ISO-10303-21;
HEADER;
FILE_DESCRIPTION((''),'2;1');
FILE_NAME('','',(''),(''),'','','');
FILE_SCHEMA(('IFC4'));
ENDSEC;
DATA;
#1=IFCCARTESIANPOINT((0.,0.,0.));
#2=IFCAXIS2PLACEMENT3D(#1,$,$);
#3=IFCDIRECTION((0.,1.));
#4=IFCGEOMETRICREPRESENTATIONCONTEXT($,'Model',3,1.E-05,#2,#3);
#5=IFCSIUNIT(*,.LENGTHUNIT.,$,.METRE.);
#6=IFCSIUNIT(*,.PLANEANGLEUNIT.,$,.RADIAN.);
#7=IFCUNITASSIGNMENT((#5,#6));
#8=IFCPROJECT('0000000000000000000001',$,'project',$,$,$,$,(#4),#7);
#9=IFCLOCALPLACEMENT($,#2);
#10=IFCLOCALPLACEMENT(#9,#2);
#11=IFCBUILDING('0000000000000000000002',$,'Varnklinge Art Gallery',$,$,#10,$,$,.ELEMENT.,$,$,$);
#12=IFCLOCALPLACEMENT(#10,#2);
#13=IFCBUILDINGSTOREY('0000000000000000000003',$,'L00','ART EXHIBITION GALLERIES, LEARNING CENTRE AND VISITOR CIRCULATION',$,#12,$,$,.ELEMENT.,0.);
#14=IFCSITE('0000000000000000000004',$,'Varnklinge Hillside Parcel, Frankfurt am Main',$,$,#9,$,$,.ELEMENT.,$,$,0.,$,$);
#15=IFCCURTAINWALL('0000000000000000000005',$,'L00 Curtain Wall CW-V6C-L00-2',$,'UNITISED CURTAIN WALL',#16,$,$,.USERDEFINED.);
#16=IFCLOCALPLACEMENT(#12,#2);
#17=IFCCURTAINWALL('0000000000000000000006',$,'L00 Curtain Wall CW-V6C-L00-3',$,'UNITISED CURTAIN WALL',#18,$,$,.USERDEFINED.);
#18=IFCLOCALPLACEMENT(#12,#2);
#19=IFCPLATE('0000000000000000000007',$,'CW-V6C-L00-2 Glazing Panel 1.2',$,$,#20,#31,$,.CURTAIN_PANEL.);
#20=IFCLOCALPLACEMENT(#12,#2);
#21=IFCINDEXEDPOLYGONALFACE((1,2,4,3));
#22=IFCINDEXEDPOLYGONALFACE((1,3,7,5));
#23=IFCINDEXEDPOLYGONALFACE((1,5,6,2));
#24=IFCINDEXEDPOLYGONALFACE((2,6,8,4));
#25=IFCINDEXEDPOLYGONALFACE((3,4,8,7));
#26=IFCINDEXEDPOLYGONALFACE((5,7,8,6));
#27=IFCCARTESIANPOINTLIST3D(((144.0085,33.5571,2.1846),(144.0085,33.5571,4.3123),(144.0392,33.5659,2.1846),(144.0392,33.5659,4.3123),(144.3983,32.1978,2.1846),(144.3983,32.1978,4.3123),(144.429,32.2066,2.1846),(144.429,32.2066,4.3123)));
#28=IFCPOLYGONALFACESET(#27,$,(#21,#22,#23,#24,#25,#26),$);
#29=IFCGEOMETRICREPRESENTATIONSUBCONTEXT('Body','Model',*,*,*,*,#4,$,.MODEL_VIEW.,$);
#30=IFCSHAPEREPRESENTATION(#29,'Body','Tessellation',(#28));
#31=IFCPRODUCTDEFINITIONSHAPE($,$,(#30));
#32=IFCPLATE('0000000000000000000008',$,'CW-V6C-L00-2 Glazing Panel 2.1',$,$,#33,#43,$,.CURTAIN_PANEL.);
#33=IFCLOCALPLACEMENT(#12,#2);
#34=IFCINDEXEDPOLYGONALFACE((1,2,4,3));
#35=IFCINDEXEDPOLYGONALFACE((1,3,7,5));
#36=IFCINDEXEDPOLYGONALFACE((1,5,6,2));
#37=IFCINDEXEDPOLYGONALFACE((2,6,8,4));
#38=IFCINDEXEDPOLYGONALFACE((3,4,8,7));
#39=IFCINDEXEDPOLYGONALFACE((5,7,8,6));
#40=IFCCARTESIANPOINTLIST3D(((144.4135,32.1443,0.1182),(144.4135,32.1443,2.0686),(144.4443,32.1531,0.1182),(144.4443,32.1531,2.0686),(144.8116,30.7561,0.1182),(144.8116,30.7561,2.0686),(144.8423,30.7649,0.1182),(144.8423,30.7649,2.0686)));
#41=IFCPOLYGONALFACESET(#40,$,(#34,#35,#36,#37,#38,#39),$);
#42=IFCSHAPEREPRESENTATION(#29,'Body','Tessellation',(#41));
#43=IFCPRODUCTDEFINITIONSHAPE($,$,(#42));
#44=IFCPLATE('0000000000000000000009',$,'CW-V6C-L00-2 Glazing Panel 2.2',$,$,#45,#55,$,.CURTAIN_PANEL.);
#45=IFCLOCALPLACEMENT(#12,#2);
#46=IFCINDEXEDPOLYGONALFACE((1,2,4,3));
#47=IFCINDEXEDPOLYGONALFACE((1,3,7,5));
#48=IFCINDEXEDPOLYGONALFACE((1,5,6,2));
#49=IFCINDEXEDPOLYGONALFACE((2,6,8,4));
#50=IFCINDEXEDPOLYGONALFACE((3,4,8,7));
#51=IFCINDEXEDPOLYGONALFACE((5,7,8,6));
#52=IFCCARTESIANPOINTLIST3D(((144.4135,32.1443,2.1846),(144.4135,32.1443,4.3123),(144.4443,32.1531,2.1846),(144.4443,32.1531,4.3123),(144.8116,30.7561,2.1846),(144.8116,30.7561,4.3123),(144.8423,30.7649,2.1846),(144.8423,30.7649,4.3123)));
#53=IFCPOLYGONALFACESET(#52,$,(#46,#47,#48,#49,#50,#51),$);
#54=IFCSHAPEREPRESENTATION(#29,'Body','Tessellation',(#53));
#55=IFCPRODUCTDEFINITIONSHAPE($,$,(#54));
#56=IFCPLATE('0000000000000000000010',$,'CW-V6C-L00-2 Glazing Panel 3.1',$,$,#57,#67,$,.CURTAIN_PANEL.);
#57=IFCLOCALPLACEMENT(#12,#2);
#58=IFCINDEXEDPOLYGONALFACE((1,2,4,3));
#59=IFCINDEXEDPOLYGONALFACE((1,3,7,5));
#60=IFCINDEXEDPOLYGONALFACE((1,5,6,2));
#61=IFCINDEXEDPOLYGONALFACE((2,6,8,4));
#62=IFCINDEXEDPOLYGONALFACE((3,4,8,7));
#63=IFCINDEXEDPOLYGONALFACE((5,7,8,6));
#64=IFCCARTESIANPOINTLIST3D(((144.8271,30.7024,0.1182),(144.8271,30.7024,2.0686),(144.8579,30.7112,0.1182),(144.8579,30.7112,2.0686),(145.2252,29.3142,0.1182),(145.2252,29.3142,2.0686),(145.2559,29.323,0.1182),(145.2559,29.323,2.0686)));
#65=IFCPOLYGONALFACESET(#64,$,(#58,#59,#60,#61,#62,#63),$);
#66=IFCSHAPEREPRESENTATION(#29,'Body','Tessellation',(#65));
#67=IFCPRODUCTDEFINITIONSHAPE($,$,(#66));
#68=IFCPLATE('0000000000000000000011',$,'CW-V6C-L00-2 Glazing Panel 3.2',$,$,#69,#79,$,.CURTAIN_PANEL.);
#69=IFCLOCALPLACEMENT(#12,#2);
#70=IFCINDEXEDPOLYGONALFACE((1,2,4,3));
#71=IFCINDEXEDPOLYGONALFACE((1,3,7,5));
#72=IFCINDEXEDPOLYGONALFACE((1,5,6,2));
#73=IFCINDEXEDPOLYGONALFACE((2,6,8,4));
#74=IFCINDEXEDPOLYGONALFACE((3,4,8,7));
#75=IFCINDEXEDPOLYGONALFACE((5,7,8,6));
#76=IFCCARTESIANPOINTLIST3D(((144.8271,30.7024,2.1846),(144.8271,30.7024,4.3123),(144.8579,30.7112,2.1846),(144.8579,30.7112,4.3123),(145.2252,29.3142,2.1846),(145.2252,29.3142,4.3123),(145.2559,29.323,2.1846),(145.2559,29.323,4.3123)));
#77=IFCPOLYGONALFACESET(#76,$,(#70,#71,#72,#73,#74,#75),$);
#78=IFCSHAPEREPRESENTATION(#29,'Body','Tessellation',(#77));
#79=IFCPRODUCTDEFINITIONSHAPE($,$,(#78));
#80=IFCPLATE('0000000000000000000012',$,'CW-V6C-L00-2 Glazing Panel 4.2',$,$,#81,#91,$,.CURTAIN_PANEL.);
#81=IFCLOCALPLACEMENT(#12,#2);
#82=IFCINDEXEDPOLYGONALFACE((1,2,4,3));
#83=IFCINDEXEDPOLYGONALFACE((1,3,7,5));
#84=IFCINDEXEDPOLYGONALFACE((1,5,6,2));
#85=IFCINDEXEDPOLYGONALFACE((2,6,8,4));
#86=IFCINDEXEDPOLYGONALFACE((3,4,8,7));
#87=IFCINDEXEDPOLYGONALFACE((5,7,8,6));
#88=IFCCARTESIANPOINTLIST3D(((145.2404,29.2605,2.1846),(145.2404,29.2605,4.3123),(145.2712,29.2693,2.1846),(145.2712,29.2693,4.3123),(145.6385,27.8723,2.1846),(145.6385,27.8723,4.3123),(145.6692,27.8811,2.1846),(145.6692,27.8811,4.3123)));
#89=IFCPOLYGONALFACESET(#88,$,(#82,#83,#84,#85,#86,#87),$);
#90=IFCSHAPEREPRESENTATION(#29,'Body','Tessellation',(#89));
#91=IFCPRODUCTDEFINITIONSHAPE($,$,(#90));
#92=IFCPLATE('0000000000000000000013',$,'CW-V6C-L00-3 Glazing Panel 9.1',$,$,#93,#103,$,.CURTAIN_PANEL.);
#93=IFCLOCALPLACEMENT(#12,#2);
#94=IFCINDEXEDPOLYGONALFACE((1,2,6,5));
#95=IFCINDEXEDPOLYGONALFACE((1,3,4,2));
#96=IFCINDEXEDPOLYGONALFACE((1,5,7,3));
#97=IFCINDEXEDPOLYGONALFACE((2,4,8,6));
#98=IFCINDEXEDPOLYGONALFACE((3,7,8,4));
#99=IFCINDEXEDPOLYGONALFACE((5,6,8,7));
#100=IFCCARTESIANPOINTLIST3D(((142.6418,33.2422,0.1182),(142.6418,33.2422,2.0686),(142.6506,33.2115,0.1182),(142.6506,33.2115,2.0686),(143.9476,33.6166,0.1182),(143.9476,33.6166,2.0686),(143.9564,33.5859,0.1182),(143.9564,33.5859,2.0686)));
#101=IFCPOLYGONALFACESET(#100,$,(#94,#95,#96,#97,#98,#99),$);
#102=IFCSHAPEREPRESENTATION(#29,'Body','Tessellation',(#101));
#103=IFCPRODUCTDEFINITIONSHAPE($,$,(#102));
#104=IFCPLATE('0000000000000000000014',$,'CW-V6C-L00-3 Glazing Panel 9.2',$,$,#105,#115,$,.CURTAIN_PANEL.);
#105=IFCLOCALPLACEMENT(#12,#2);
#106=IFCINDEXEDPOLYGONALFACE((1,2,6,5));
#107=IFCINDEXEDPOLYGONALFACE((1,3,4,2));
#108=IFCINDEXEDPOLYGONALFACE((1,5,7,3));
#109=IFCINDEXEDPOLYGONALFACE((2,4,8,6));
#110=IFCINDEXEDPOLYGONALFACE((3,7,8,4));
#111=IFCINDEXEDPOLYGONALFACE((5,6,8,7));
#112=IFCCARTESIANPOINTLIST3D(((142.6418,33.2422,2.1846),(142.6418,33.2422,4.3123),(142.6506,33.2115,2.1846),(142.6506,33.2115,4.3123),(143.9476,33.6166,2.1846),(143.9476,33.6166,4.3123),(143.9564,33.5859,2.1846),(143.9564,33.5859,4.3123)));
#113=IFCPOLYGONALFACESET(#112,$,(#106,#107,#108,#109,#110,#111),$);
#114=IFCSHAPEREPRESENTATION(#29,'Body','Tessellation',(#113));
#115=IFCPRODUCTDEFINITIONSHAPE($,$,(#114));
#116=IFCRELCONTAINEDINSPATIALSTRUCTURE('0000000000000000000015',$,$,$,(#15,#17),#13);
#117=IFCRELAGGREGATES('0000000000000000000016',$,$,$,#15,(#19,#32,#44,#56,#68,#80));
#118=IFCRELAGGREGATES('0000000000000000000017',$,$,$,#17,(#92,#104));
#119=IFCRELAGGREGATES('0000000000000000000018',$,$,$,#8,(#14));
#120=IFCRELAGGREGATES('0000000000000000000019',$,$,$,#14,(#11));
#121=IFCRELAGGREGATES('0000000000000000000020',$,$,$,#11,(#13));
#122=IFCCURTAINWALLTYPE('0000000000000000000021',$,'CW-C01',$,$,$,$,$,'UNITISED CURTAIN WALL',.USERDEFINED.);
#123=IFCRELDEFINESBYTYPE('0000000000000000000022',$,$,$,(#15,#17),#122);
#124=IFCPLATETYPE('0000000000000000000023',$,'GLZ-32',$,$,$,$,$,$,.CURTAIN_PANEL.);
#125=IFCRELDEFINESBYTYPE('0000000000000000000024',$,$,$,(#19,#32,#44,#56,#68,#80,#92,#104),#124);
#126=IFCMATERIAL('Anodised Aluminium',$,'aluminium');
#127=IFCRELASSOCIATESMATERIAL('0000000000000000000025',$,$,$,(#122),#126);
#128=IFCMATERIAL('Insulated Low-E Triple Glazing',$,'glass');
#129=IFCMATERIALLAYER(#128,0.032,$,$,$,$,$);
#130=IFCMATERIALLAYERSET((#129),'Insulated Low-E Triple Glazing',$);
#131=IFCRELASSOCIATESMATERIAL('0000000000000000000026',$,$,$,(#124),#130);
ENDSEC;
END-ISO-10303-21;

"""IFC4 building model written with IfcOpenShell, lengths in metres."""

from ifc_helpers import new_model, si_unit, direction, frame, origin, origin_2d, place, context, subcontext, project, spatial, rectangle, extrude, material, layer, layer_set, type_object, element, aggregate, save


model = new_model("IFC4")

# Units and contexts
model_context = context("Model", 3, precision=1e-05, world=origin(), true_north=direction((0.0, 1.0)))
body_context = subcontext(model_context, "Body", "Model", "MODEL_VIEW")
ifc_project = project(units=[si_unit("LENGTHUNIT", "METRE"), si_unit("PLANEANGLEUNIT", "RADIAN")], contexts=[model_context])

# Site, building, storey
site_placement = place(None, origin())
site = spatial("IfcSite", under=ifc_project, at=site_placement, Name="Varnklinge Hillside Parcel, Frankfurt am Main", CompositionType="ELEMENT", RefElevation=0.0)
building_placement = place(site_placement, origin())
building = spatial("IfcBuilding", under=site, at=building_placement, Name="Varnklinge Art Gallery", CompositionType="ELEMENT")
storey_placement = place(building_placement, origin())
storey = spatial("IfcBuildingStorey", under=building, at=storey_placement, Name="L00", Description="ART EXHIBITION GALLERIES, LEARNING CENTRE AND VISITOR CIRCULATION", CompositionType="ELEMENT", Elevation=0.0)

# Curtain walls
ifc_material_1 = material(Name="Anodised Aluminium", Category="aluminium")
curtain_wall_type = type_object("IfcCurtainWallType", Name="CW-C01", ElementType="UNITISED CURTAIN WALL", PredefinedType="USERDEFINED", material=ifc_material_1)
curtain_wall_1_placement = place(storey_placement, origin())
curtain_wall_1 = element("IfcCurtainWall", 1, at=curtain_wall_1_placement, inside=storey, type_object=curtain_wall_type, Name="L00 Curtain Wall CW-V6C-L00-2", ObjectType="UNITISED CURTAIN WALL", PredefinedType="USERDEFINED")
curtain_wall_2_placement = place(storey_placement, origin())
curtain_wall_2 = element("IfcCurtainWall", 2, at=curtain_wall_2_placement, inside=storey, type_object=curtain_wall_type, Name="L00 Curtain Wall CW-V6C-L00-3", ObjectType="UNITISED CURTAIN WALL", PredefinedType="USERDEFINED")

# Plates
ifc_material_2 = material(Name="Insulated Low-E Triple Glazing", Category="glass")
ifc_layer = layer(ifc_material_2, 0.032)
ifc_layer_set = layer_set([ifc_layer], Name="Insulated Low-E Triple Glazing")
plate_type = type_object("IfcPlateType", Name="GLZ-32", PredefinedType="CURTAIN_PANEL", material=ifc_layer_set)
plate_1_placement = place(storey_placement, frame((144.2188, 32.8818, 2.1846), z_axis=(0.0, 0.0, 1.0), x_axis=(0.275637, -0.961262, 0.0)))
plate_1 = element("IfcPlate", 3, at=plate_1_placement, type_object=plate_type, Name="CW-V6C-L00-2 Glazing Panel 1.2", PredefinedType="CURTAIN_PANEL", context=body_context, shape_type="SweptSolid", body=[
    extrude(rectangle(XDim=1.4141, YDim=0.032, at=origin_2d()), origin(), (0.0, 0.0, 1.0), 2.1277),
])
plate_2_placement = place(storey_placement, frame((144.6279, 31.4546, 0.1182), z_axis=(0.0, 0.0, 1.0), x_axis=(0.275637, -0.961262, 0.0)))
plate_2 = element("IfcPlate", 4, at=plate_2_placement, type_object=plate_type, Name="CW-V6C-L00-2 Glazing Panel 2.1", PredefinedType="CURTAIN_PANEL", context=body_context, shape_type="SweptSolid", body=[
    extrude(rectangle(XDim=1.4441, YDim=0.032, at=origin_2d()), origin(), (0.0, 0.0, 1.0), 1.9504),
])
plate_3_placement = place(storey_placement, frame((144.6279, 31.4546, 2.1846), z_axis=(0.0, 0.0, 1.0), x_axis=(0.275637, -0.961262, 0.0)))
plate_3 = element("IfcPlate", 5, at=plate_3_placement, type_object=plate_type, Name="CW-V6C-L00-2 Glazing Panel 2.2", PredefinedType="CURTAIN_PANEL", context=body_context, shape_type="SweptSolid", body=[
    extrude(rectangle(XDim=1.4441, YDim=0.032, at=origin_2d()), origin(), (0.0, 0.0, 1.0), 2.1277),
])
plate_4_placement = place(storey_placement, frame((145.0415, 30.0127, 0.1182), z_axis=(0.0, 0.0, 1.0), x_axis=(0.275637, -0.961262, 0.0)))
plate_4 = element("IfcPlate", 6, at=plate_4_placement, type_object=plate_type, Name="CW-V6C-L00-2 Glazing Panel 3.1", PredefinedType="CURTAIN_PANEL", context=body_context, shape_type="SweptSolid", body=[
    extrude(rectangle(XDim=1.4441, YDim=0.032, at=origin_2d()), origin(), (0.0, 0.0, 1.0), 1.9504),
])
plate_5_placement = place(storey_placement, frame((145.0415, 30.0127, 2.1846), z_axis=(0.0, 0.0, 1.0), x_axis=(0.275637, -0.961262, 0.0)))
plate_5 = element("IfcPlate", 7, at=plate_5_placement, type_object=plate_type, Name="CW-V6C-L00-2 Glazing Panel 3.2", PredefinedType="CURTAIN_PANEL", context=body_context, shape_type="SweptSolid", body=[
    extrude(rectangle(XDim=1.4441, YDim=0.032, at=origin_2d()), origin(), (0.0, 0.0, 1.0), 2.1277),
])
plate_6_placement = place(storey_placement, frame((145.4548, 28.5708, 2.1846), z_axis=(0.0, 0.0, 1.0), x_axis=(0.275637, -0.961262, 0.0)))
plate_6 = element("IfcPlate", 8, at=plate_6_placement, type_object=plate_type, Name="CW-V6C-L00-2 Glazing Panel 4.2", PredefinedType="CURTAIN_PANEL", context=body_context, shape_type="SweptSolid", body=[
    extrude(rectangle(XDim=1.4441, YDim=0.032, at=origin_2d()), origin(), (0.0, 0.0, 1.0), 2.1277),
])
aggregate(curtain_wall_1, [plate_1, plate_2, plate_3, plate_4, plate_5, plate_6])
plate_7_placement = place(storey_placement, frame((143.2991, 33.4141, 0.1182), z_axis=(0.0, 0.0, 1.0), x_axis=(0.961262, 0.275637, 0.0)))
plate_7 = element("IfcPlate", 9, at=plate_7_placement, type_object=plate_type, Name="CW-V6C-L00-3 Glazing Panel 9.1", PredefinedType="CURTAIN_PANEL", context=body_context, shape_type="SweptSolid", body=[
    extrude(rectangle(XDim=1.3584, YDim=0.032, at=origin_2d()), origin(), (0.0, 0.0, 1.0), 1.9504),
])
plate_8_placement = place(storey_placement, frame((143.2991, 33.4141, 2.1846), z_axis=(0.0, 0.0, 1.0), x_axis=(0.961262, 0.275637, 0.0)))
plate_8 = element("IfcPlate", 10, at=plate_8_placement, type_object=plate_type, Name="CW-V6C-L00-3 Glazing Panel 9.2", PredefinedType="CURTAIN_PANEL", context=body_context, shape_type="SweptSolid", body=[
    extrude(rectangle(XDim=1.3584, YDim=0.032, at=origin_2d()), origin(), (0.0, 0.0, 1.0), 2.1277),
])
aggregate(curtain_wall_2, [plate_7, plate_8])

save(model, "model.ifc")
